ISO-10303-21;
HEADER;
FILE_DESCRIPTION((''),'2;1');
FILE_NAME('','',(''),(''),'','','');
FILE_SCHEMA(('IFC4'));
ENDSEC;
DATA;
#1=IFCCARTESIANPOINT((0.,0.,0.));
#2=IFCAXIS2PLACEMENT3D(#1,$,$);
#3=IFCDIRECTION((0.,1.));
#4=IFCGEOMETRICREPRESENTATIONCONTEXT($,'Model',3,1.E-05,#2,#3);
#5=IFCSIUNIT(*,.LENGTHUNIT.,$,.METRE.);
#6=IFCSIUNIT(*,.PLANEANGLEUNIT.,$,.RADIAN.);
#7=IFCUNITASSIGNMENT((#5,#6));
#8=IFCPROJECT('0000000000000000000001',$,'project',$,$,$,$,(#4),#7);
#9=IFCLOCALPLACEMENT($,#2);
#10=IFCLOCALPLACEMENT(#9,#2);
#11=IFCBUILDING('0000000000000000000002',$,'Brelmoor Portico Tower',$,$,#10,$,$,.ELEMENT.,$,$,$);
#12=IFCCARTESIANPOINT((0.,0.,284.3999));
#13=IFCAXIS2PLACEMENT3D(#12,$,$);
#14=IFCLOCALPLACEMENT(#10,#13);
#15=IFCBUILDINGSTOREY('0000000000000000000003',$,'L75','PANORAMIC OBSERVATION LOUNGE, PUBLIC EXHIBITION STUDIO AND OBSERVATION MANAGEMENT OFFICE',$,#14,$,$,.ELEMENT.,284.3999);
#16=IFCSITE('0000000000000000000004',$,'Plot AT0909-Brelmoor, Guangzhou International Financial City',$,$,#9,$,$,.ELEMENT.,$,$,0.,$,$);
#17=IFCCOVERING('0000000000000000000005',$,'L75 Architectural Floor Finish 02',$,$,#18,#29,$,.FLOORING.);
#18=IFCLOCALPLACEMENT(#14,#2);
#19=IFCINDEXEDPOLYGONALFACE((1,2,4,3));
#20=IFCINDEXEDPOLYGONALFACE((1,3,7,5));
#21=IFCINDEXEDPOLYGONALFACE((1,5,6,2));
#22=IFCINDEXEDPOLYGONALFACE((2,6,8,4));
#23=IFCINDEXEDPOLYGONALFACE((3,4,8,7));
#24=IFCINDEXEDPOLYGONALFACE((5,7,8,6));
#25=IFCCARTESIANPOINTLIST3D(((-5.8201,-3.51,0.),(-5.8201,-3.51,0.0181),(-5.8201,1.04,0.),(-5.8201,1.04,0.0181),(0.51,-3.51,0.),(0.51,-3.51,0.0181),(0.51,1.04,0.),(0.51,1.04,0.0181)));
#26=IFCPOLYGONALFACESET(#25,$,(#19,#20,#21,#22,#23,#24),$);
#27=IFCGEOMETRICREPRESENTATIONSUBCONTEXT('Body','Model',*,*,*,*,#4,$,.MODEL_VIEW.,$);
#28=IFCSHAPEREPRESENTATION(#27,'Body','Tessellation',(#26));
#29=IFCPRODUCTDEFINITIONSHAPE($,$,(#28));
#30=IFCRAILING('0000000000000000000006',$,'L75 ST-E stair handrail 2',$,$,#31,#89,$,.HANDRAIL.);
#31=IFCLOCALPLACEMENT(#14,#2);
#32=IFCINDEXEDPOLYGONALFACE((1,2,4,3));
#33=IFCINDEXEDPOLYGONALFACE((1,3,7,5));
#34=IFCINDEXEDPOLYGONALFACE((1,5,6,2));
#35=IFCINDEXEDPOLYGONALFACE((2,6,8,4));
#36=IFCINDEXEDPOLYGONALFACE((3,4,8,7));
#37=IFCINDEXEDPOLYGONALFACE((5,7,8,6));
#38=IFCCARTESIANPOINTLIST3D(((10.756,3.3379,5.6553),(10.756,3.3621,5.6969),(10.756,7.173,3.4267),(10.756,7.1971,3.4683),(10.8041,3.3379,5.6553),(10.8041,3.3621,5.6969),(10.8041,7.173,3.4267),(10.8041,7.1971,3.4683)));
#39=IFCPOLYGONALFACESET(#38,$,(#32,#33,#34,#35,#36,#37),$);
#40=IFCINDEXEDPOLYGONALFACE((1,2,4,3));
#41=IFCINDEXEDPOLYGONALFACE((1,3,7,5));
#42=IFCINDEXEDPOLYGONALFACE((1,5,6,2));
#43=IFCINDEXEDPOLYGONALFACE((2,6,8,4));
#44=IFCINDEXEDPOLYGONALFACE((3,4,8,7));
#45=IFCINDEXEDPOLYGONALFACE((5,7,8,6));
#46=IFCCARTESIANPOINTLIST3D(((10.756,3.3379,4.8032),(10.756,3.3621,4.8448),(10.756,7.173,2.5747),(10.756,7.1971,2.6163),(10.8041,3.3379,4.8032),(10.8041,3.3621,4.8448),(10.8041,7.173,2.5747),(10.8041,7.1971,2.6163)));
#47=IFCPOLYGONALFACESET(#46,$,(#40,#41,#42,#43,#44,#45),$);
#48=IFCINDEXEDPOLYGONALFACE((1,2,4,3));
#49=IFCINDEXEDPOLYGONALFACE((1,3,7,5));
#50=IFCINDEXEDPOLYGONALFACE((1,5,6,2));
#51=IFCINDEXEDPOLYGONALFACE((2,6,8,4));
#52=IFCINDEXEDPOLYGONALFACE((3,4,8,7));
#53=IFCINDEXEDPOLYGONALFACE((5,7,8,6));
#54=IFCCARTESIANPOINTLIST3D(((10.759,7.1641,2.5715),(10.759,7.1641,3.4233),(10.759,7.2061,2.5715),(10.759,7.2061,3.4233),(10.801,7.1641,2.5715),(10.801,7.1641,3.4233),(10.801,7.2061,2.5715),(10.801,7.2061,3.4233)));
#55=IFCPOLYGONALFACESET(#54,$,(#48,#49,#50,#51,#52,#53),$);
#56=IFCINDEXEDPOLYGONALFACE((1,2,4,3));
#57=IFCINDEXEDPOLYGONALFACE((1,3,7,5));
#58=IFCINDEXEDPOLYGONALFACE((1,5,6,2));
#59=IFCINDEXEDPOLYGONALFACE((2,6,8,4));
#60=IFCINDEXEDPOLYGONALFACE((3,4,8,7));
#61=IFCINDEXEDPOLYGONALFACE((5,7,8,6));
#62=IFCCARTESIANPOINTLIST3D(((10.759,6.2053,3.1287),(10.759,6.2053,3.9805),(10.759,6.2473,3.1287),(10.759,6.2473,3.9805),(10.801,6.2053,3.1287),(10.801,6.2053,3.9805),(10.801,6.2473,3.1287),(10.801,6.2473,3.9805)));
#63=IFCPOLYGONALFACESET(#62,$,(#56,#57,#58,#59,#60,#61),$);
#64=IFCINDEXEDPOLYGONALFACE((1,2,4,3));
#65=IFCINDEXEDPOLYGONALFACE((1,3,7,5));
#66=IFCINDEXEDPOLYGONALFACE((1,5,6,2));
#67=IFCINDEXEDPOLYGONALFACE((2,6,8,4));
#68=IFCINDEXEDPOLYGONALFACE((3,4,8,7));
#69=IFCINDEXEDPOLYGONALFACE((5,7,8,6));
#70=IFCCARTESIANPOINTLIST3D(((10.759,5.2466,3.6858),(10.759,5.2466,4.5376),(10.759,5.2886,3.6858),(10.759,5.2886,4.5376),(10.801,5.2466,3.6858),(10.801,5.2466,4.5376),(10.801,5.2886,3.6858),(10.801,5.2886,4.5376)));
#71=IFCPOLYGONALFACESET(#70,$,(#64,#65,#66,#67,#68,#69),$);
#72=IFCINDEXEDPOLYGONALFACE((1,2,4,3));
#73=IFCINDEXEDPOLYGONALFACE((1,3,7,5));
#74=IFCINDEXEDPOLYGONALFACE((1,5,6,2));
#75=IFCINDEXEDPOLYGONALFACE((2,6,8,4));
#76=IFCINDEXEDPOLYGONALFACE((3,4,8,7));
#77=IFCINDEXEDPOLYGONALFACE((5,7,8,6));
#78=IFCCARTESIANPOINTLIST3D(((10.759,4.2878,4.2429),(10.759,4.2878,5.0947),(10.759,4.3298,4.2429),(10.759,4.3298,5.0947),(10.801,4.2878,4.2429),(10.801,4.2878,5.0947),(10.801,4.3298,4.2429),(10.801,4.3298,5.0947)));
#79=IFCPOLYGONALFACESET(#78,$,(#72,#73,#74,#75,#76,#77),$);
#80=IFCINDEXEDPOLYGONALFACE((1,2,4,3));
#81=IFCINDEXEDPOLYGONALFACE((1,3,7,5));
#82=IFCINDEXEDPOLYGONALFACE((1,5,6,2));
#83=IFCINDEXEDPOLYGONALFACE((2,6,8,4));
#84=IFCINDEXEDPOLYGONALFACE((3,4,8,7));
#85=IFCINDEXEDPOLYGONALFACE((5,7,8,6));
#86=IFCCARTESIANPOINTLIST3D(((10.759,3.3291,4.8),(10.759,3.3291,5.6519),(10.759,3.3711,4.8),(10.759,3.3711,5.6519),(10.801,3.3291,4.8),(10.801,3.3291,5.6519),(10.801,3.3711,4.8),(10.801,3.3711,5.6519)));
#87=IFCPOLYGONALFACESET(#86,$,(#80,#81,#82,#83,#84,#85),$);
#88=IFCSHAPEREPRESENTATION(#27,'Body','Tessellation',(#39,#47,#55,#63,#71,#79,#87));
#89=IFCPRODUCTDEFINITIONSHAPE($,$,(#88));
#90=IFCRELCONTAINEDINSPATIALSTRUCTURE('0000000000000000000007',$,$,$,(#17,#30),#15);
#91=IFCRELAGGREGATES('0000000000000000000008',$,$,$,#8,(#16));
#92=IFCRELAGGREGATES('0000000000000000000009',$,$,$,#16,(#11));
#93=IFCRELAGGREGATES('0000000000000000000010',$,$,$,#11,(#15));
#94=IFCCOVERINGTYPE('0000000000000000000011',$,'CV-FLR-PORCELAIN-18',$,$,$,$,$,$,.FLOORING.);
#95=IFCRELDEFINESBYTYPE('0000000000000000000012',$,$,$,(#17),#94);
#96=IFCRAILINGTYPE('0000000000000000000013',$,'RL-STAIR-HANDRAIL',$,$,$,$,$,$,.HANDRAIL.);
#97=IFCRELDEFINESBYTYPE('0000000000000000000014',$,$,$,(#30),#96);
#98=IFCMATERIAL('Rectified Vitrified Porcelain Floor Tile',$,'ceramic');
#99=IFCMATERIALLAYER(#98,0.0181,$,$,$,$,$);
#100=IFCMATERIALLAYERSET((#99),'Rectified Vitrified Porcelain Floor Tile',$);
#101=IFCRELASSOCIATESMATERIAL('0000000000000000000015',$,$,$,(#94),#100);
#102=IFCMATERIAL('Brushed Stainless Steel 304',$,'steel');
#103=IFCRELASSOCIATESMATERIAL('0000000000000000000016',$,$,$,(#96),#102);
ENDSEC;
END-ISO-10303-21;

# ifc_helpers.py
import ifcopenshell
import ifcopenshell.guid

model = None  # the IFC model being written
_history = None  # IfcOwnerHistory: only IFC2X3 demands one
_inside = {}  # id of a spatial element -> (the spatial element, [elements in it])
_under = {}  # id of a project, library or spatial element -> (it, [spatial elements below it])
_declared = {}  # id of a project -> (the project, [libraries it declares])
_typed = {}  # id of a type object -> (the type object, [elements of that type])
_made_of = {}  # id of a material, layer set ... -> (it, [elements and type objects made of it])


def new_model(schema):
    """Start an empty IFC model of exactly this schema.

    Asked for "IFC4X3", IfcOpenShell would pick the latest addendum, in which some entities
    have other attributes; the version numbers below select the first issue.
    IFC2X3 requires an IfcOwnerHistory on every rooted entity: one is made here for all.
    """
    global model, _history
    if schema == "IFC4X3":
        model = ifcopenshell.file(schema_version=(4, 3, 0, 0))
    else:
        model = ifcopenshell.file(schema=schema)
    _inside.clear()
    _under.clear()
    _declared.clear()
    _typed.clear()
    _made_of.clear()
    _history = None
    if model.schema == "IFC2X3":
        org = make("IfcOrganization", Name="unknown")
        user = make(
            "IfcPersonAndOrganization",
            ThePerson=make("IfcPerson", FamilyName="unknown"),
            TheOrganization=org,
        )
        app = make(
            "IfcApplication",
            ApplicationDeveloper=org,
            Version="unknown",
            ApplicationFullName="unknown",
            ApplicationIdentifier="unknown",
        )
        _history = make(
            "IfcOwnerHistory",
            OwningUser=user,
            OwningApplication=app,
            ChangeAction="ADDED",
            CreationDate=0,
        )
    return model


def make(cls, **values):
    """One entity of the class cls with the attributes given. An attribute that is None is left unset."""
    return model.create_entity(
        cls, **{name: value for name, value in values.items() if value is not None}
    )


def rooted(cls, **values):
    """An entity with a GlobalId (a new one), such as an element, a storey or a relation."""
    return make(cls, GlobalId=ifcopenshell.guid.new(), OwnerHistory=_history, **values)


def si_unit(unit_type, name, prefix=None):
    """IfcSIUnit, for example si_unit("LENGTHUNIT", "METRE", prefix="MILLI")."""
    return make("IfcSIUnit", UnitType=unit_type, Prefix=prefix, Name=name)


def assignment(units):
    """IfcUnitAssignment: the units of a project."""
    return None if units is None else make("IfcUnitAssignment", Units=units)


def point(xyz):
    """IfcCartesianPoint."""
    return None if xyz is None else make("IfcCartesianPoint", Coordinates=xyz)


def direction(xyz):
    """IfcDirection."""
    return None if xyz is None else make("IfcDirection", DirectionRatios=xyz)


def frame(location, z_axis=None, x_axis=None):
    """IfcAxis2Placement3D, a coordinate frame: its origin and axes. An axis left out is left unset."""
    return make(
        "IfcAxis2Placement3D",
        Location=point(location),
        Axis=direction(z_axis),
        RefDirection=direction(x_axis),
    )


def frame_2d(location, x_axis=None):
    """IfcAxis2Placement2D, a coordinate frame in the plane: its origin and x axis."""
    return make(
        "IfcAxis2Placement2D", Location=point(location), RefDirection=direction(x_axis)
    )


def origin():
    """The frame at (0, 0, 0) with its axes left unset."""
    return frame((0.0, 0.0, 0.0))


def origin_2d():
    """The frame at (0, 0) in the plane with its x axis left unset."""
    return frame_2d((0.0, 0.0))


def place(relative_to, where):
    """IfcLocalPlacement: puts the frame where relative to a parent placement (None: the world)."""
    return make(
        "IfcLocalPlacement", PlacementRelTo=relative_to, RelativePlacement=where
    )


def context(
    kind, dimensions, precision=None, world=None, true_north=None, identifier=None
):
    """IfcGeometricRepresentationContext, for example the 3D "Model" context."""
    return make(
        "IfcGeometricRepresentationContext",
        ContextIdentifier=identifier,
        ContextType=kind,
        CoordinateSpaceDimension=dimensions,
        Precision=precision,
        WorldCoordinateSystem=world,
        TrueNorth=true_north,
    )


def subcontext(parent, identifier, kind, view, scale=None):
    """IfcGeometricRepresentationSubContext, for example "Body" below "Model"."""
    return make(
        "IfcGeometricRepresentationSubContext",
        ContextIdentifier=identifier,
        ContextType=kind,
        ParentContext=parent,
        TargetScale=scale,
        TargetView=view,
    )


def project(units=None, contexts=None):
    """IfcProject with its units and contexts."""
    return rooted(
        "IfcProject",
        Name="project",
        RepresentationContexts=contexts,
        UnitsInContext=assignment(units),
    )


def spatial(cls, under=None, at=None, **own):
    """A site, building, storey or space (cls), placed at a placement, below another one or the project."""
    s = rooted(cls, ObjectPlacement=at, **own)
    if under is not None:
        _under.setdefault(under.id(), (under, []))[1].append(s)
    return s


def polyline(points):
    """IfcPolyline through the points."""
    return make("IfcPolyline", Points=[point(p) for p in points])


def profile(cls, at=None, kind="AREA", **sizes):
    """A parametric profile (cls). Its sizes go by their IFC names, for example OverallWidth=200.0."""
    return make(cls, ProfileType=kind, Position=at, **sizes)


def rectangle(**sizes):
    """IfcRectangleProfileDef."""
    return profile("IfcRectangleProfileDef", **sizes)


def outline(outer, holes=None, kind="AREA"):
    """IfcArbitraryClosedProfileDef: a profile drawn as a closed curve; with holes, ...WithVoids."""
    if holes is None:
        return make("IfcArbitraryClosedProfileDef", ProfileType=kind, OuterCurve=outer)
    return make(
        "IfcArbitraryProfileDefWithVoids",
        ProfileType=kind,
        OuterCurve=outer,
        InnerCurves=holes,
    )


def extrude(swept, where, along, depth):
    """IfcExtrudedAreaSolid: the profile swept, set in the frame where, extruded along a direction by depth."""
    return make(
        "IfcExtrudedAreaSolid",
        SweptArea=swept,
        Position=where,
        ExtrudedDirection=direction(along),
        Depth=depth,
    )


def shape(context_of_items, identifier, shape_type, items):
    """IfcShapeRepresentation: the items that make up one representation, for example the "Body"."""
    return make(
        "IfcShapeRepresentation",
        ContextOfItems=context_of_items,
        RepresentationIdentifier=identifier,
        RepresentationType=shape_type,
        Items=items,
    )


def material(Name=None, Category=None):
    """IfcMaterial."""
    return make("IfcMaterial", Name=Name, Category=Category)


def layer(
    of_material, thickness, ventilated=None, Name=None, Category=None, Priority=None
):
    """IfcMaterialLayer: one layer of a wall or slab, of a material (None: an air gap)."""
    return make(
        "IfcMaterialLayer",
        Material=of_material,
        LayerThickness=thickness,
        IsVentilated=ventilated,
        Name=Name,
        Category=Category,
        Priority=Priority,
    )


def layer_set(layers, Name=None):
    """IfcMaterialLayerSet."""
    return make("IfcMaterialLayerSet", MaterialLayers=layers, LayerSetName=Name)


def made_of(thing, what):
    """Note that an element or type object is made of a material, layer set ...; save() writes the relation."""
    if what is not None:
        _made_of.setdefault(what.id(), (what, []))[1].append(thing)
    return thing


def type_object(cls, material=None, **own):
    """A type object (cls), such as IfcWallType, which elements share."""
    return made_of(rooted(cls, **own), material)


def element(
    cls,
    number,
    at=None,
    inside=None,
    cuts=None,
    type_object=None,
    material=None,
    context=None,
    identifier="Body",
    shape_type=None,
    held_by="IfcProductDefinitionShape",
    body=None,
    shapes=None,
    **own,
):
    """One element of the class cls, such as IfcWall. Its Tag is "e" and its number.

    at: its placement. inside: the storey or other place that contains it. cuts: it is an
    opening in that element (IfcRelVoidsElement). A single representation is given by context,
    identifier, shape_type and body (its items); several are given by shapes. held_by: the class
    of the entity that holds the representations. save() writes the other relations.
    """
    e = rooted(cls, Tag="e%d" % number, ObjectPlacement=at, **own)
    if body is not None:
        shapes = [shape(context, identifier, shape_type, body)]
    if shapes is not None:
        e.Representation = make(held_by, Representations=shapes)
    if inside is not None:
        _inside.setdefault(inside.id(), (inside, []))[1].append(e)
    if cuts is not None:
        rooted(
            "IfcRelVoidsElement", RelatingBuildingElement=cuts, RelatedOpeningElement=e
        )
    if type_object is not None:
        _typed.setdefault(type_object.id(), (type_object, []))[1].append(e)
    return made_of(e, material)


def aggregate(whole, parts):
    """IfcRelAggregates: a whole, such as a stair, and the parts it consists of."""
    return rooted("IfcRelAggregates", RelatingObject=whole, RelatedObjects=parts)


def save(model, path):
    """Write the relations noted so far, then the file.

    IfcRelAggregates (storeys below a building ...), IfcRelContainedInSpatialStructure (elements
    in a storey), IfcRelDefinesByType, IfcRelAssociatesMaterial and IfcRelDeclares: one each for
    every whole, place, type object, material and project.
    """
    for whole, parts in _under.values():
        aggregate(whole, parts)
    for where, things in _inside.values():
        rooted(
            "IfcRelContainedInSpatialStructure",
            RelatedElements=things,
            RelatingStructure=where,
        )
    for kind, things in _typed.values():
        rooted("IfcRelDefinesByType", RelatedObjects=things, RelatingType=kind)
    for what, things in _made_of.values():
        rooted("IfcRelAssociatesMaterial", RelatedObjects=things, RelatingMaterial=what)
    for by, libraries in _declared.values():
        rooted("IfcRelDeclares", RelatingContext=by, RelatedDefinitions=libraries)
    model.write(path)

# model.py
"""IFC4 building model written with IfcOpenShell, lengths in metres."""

from ifc_helpers import new_model, si_unit, direction, frame, origin, origin_2d, place, context, subcontext, project, spatial, polyline, rectangle, outline, extrude, material, layer, layer_set, type_object, element, save


model = new_model("IFC4")

# Units and contexts
model_context = context("Model", 3, precision=1e-05, world=origin(), true_north=direction((0.0, 1.0)))
body_context = subcontext(model_context, "Body", "Model", "MODEL_VIEW")
ifc_project = project(units=[si_unit("LENGTHUNIT", "METRE"), si_unit("PLANEANGLEUNIT", "RADIAN")], contexts=[model_context])

# Site, building, storey
site_placement = place(None, origin())
site = spatial("IfcSite", under=ifc_project, at=site_placement, Name="Plot AT0909-Brelmoor, Guangzhou International Financial City", CompositionType="ELEMENT", RefElevation=0.0)
building_placement = place(site_placement, origin())
building = spatial("IfcBuilding", under=site, at=building_placement, Name="Brelmoor Portico Tower", CompositionType="ELEMENT")
storey_placement = place(building_placement, frame((0.0, 0.0, 284.3999)))
storey = spatial("IfcBuildingStorey", under=building, at=storey_placement, Name="L75", Description="PANORAMIC OBSERVATION LOUNGE, PUBLIC EXHIBITION STUDIO AND OBSERVATION MANAGEMENT OFFICE", CompositionType="ELEMENT", Elevation=284.3999)

# Covering
ifc_material_1 = material(Name="Rectified Vitrified Porcelain Floor Tile", Category="ceramic")
ifc_layer_1 = layer(ifc_material_1, 0.0181)
ifc_layer_set_1 = layer_set([ifc_layer_1], Name="Rectified Vitrified Porcelain Floor Tile")
covering_type_1 = type_object("IfcCoveringType", Name="CV-FLR-PORCELAIN-18", PredefinedType="FLOORING", material=ifc_layer_set_1)
covering_1_placement = place(storey_placement, origin())
element("IfcCovering", 1, at=covering_1_placement, inside=storey, type_object=covering_type_1, Name="L75 Architectural Floor Finish 02", PredefinedType="FLOORING", context=body_context, shape_type="SweptSolid", body=[
    extrude(outline(polyline([(-5.8201, -3.51), (-5.8201, 1.04), (0.51, 1.04), (0.51, -3.51), (-5.8201, -3.51)])), origin(), (0.0, 0.0, 1.0), 0.0181),
])

# Railing
ifc_material_2 = material(Name="Brushed Stainless Steel 304", Category="steel")
railing_type = type_object("IfcRailingType", Name="RL-STAIR-HANDRAIL", PredefinedType="HANDRAIL", material=ifc_material_2)
railing_placement = place(storey_placement, frame((10.78, 7.1851, 2.5715)))
element("IfcRailing", 2, at=railing_placement, inside=storey, type_object=railing_type, Name="L75 ST-E stair handrail 2", PredefinedType="HANDRAIL", context=body_context, shape_type="SweptSolid", body=[
    extrude(rectangle(XDim=0.0481, YDim=0.0481, at=origin_2d()), frame((0.0, 0.0, 0.876), z_axis=(0.0, -0.864616, 0.502433), x_axis=(1.0, 0.0, 0.0)), (0.0, 0.0, 1.0), 4.4355),
    extrude(rectangle(XDim=0.0481, YDim=0.0481, at=origin_2d()), frame((0.0, 0.0, 0.0239), z_axis=(0.0, -0.864616, 0.502433), x_axis=(1.0, 0.0, 0.0)), (0.0, 0.0, 1.0), 4.4355),
    extrude(rectangle(XDim=0.042, YDim=0.042, at=origin_2d()), origin(), (0.0, 0.0, 1.0), 0.8518),
    extrude(rectangle(XDim=0.042, YDim=0.042, at=origin_2d()), frame((0.0, -0.9587, 0.5571)), (0.0, 0.0, 1.0), 0.8518),
    extrude(rectangle(XDim=0.042, YDim=0.042, at=origin_2d()), frame((0.0, -1.9175, 1.1143)), (0.0, 0.0, 1.0), 0.8518),
    extrude(rectangle(XDim=0.042, YDim=0.042, at=origin_2d()), frame((0.0, -2.8762, 1.6714)), (0.0, 0.0, 1.0), 0.8518),
    extrude(rectangle(XDim=0.042, YDim=0.042, at=origin_2d()), frame((0.0, -3.835, 2.2285)), (0.0, 0.0, 1.0), 0.8518),
])

save(model, "model.ifc")
